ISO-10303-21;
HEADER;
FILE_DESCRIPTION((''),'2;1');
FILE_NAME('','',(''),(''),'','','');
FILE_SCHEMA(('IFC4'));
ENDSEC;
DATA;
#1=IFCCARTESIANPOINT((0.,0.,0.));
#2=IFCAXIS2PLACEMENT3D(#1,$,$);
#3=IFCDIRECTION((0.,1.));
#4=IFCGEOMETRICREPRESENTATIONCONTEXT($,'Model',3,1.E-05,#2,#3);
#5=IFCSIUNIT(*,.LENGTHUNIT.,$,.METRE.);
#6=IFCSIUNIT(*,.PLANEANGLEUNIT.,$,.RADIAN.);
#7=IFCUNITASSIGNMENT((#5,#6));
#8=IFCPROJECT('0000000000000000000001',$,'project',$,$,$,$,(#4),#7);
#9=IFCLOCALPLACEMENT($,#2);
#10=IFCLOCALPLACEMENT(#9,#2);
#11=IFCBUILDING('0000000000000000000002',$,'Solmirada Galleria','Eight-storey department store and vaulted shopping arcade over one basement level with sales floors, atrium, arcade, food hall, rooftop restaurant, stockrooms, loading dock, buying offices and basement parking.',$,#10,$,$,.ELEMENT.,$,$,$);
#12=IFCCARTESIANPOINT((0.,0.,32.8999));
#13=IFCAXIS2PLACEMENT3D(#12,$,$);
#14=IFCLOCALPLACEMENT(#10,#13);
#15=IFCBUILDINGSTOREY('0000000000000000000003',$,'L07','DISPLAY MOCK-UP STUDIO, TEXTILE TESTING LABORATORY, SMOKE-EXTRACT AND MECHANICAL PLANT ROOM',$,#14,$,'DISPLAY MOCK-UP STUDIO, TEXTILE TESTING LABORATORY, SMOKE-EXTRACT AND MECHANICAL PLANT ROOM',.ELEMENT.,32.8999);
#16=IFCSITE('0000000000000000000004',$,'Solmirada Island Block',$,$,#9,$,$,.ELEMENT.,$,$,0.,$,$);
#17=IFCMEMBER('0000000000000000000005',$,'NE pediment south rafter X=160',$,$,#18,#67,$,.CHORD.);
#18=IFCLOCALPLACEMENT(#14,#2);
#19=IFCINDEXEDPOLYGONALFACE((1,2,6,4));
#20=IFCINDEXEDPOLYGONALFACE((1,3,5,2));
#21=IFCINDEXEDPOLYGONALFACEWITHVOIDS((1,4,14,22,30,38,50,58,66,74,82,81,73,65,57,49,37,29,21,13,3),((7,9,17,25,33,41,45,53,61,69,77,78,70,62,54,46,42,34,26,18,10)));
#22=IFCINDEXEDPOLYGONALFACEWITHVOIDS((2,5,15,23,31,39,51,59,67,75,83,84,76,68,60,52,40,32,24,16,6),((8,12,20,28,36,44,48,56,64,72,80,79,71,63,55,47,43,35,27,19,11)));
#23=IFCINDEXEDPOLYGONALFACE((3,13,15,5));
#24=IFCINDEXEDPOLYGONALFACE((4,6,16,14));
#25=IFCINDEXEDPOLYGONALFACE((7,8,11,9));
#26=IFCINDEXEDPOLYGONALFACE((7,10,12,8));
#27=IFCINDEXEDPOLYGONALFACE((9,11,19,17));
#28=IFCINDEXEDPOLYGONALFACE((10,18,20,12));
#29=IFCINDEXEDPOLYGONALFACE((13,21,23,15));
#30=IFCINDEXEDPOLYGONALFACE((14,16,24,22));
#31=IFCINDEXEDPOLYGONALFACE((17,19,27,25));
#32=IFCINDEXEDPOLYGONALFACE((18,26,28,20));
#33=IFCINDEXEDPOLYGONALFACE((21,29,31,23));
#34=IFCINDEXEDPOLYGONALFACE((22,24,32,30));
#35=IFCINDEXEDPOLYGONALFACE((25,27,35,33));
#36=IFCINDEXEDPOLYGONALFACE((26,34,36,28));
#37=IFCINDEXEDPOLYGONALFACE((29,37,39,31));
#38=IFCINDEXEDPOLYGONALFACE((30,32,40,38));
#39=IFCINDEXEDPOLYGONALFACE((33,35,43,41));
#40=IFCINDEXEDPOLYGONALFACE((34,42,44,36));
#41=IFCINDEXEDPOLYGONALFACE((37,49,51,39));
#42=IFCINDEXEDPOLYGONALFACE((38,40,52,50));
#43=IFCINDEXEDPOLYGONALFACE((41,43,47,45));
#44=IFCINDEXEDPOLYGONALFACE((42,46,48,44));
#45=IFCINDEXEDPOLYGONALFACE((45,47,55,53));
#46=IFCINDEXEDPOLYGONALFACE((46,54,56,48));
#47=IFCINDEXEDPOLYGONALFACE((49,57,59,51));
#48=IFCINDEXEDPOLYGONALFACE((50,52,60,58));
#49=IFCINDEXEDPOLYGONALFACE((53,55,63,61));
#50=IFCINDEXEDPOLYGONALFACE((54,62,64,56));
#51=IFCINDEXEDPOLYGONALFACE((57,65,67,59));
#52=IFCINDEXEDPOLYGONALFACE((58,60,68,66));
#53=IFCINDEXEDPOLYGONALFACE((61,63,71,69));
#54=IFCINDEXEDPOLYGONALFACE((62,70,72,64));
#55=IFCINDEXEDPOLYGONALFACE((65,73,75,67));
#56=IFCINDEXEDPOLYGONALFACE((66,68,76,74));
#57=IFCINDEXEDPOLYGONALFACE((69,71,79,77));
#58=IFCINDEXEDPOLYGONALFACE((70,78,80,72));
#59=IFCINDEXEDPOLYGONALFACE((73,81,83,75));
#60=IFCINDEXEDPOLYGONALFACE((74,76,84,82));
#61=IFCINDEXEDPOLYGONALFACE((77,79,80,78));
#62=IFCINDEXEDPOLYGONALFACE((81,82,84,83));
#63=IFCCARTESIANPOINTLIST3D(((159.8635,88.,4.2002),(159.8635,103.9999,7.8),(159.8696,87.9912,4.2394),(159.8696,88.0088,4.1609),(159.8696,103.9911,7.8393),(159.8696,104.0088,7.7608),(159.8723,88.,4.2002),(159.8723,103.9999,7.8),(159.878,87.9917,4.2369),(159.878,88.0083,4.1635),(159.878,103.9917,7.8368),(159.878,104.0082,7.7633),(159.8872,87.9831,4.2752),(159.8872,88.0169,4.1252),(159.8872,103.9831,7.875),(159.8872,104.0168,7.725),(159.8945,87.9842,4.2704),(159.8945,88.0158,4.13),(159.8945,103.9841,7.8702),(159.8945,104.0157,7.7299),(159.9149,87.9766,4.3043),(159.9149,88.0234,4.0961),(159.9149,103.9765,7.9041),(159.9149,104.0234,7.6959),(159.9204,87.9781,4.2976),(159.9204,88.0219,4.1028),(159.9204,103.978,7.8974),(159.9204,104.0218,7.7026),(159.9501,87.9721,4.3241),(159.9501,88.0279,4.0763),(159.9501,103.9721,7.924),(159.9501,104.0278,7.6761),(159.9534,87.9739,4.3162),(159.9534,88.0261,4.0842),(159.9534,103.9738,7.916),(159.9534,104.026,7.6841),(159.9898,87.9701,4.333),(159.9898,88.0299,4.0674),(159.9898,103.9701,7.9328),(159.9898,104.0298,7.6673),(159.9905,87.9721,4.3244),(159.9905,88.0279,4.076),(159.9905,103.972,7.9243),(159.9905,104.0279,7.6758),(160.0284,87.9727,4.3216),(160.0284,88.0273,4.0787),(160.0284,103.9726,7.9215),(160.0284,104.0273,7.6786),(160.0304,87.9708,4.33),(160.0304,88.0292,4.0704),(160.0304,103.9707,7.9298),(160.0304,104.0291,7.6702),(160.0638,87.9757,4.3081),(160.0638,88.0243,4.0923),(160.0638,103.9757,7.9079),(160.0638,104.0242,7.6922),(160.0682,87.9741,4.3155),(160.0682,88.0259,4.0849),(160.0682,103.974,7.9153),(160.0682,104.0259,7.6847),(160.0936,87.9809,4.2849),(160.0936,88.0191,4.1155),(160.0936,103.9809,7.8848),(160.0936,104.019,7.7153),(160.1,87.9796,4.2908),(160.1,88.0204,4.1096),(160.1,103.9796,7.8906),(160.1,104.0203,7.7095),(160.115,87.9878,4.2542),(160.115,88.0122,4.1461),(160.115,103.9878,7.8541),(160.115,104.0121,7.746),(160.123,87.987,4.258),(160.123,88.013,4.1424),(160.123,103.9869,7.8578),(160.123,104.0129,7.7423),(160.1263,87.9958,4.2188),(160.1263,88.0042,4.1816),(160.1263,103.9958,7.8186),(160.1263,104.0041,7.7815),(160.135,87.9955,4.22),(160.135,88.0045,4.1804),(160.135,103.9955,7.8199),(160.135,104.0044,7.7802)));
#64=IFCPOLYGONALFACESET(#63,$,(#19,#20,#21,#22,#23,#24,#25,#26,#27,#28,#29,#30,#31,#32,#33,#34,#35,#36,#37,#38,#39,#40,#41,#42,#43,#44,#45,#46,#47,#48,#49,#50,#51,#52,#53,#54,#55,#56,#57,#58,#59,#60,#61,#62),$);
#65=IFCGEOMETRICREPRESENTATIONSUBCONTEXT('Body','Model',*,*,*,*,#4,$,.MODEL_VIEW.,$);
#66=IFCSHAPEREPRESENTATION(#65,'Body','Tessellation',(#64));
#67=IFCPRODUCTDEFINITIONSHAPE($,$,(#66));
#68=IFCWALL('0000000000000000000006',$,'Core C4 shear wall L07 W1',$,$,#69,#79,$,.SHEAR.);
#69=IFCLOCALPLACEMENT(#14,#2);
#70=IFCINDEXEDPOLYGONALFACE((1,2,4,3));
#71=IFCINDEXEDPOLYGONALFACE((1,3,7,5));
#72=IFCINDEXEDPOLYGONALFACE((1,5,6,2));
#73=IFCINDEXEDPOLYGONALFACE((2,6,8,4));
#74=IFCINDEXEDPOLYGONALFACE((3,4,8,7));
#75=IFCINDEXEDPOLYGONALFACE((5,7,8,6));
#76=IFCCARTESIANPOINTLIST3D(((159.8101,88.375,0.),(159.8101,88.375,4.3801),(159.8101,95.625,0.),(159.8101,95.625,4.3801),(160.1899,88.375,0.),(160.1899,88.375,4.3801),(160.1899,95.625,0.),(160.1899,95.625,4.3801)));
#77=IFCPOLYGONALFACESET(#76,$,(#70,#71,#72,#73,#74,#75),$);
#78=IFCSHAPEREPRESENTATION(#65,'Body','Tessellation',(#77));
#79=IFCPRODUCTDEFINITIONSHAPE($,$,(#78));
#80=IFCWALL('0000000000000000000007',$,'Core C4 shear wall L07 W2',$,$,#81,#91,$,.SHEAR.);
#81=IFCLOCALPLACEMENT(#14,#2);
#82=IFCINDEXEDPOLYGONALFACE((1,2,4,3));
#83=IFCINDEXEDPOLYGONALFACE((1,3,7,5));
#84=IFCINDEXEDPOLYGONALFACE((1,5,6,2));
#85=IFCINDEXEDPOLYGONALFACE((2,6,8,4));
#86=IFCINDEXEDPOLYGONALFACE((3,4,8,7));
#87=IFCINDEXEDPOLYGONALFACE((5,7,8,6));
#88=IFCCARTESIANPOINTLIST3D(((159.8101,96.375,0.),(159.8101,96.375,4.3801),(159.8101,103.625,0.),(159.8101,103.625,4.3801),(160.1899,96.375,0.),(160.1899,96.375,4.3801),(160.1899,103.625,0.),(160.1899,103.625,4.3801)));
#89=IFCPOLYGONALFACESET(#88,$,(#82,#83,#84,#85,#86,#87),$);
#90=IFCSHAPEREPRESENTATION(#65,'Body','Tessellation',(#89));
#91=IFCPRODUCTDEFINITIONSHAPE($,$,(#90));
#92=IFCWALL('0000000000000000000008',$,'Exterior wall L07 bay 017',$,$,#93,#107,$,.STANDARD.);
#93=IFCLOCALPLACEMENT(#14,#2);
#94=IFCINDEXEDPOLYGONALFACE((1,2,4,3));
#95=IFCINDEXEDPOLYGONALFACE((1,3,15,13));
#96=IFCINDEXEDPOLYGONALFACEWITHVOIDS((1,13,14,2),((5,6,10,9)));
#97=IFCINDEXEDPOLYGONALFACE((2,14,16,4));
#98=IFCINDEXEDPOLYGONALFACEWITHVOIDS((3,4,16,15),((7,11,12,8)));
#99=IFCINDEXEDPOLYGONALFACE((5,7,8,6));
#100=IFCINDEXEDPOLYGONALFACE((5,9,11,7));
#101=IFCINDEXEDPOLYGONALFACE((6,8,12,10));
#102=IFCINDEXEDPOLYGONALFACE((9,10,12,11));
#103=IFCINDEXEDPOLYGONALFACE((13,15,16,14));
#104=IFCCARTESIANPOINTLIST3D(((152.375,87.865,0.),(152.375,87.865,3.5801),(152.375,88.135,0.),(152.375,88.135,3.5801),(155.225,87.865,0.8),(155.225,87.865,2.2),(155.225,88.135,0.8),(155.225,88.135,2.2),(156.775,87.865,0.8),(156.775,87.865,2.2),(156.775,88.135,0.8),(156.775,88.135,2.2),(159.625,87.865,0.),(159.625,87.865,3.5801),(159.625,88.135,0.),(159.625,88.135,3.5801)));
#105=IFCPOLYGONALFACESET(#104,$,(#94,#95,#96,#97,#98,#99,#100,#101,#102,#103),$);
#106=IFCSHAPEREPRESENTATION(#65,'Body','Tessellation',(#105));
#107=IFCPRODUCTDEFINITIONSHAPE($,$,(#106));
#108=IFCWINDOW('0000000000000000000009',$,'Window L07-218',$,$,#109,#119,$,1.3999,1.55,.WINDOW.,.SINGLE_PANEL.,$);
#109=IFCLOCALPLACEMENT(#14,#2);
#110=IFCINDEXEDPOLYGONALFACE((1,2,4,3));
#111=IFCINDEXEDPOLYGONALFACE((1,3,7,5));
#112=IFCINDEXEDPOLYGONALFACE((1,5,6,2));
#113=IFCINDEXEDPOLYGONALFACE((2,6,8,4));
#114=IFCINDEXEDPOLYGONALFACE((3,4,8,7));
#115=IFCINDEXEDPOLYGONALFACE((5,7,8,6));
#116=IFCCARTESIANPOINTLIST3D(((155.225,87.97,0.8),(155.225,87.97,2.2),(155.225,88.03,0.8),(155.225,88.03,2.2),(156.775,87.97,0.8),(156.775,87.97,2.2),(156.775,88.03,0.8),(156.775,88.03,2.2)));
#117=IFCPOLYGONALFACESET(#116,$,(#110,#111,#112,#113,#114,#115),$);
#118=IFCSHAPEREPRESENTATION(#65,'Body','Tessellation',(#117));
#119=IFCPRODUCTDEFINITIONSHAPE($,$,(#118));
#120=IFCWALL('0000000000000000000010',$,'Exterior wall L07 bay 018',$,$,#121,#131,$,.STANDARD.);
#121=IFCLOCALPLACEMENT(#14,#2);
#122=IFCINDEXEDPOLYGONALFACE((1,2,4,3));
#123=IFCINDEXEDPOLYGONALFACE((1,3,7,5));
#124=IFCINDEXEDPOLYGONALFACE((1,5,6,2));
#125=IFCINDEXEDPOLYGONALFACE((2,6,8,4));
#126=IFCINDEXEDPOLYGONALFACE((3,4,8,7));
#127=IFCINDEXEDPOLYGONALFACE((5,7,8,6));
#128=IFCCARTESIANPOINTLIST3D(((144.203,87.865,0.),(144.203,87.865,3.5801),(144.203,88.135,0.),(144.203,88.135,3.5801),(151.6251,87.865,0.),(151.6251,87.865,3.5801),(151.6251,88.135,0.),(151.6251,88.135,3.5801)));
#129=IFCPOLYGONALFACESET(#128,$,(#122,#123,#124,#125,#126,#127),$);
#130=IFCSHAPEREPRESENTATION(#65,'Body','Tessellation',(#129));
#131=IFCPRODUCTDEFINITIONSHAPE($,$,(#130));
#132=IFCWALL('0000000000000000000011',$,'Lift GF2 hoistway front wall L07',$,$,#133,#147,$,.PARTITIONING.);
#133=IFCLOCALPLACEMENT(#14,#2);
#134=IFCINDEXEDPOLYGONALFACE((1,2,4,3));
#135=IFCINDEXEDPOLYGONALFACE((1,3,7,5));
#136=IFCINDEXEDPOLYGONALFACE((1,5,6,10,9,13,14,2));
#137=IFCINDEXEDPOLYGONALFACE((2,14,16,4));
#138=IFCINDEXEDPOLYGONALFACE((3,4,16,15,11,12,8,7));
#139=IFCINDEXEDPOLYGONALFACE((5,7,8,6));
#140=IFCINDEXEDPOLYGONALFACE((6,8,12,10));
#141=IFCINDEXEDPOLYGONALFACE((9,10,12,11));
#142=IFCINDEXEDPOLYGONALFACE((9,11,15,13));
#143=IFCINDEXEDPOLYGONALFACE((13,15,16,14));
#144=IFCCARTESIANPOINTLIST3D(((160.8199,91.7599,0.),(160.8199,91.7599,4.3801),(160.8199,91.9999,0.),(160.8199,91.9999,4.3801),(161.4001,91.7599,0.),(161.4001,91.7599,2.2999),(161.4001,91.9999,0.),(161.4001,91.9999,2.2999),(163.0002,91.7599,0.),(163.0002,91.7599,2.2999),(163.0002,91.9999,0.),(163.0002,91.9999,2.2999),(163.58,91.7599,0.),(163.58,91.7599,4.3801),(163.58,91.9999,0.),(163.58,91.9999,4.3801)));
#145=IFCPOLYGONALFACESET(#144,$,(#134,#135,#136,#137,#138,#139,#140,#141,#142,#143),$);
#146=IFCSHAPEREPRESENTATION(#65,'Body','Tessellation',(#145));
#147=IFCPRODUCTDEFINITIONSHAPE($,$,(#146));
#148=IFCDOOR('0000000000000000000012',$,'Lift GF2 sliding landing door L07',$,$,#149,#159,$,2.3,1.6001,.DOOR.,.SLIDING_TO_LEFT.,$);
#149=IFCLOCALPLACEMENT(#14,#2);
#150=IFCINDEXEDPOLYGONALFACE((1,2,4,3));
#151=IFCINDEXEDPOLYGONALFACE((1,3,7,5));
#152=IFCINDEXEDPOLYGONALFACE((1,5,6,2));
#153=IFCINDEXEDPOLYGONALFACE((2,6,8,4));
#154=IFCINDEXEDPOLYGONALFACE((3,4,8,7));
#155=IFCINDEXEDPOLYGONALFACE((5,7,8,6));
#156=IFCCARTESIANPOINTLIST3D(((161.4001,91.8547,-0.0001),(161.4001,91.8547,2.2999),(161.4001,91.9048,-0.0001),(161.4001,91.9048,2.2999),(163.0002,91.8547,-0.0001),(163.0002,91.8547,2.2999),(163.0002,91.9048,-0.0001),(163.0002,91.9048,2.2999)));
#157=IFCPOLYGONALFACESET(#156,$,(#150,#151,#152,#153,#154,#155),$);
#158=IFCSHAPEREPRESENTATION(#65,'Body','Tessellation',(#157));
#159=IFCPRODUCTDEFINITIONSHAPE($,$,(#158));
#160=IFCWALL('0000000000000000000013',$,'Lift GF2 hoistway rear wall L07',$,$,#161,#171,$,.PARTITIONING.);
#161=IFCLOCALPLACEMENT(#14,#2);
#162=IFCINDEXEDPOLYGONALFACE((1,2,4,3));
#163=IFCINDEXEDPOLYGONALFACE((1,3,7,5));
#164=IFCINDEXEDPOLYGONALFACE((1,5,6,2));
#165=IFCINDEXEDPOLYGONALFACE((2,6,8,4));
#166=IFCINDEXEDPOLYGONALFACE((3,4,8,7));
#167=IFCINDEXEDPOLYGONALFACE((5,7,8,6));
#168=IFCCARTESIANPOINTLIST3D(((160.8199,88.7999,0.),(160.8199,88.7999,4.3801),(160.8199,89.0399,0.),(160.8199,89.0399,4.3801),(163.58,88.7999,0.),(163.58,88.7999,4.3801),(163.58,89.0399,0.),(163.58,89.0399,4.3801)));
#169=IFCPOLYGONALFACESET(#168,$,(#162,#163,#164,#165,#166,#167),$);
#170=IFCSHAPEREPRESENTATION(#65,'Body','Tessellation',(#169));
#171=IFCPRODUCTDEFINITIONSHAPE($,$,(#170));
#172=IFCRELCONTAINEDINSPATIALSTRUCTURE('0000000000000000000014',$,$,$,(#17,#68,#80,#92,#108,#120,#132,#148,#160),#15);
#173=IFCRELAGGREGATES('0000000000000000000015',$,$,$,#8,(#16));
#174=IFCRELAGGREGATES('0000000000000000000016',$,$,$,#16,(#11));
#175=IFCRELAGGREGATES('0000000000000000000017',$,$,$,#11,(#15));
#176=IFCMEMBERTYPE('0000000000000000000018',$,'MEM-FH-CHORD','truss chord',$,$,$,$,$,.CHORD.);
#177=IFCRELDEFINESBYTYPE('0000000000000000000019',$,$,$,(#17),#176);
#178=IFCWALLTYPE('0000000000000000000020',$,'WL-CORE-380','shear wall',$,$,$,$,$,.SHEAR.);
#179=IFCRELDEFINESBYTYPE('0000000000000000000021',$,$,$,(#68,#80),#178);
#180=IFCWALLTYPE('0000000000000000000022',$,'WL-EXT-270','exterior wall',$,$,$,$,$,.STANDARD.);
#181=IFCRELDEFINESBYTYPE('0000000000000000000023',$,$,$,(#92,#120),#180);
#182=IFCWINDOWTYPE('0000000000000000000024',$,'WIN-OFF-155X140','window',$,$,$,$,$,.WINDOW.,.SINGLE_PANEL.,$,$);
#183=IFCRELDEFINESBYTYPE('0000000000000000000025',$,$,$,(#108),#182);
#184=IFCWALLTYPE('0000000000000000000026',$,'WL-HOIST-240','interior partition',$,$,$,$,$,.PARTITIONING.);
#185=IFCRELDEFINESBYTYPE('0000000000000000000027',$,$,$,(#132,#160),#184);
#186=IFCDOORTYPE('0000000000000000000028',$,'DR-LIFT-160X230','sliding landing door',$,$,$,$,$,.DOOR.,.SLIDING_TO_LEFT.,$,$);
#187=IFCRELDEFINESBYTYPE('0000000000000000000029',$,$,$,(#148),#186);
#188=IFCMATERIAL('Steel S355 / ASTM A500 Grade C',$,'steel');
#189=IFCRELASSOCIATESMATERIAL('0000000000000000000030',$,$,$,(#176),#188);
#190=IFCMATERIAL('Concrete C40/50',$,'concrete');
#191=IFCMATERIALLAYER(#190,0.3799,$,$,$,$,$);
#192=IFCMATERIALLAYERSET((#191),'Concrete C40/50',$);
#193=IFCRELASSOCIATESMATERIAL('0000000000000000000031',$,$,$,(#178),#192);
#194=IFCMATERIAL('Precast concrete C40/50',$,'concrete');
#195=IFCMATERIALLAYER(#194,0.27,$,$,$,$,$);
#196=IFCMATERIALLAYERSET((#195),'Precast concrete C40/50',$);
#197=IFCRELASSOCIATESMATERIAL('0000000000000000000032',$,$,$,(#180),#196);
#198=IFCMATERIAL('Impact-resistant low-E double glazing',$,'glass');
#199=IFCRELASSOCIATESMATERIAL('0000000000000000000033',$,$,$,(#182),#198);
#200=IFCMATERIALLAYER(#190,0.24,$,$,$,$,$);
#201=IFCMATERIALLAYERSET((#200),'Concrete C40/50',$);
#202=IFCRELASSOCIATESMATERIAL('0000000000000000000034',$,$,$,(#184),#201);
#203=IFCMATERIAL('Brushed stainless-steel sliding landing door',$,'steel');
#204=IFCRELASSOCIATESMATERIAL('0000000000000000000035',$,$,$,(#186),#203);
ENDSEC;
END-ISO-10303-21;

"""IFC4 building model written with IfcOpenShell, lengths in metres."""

from ifc_helpers import new_model, si_unit, direction, frame, frame_2d, origin, origin_2d, place, context, subcontext, project, spatial, rectangle, hollow_circle, extrude, material, layer, layer_set, material_profile, profile_set, type_object, element, fill, save


model = new_model("IFC4")

# Units and contexts
model_context = context("Model", 3, precision=1e-05, world=origin(), true_north=direction((0.0, 1.0)))
body_context = subcontext(model_context, "Body", "Model", "MODEL_VIEW")
ifc_project = project(units=[si_unit("LENGTHUNIT", "METRE"), si_unit("PLANEANGLEUNIT", "RADIAN")], contexts=[model_context])

# Site, building, storey
site_placement = place(None, origin())
site = spatial("IfcSite", under=ifc_project, at=site_placement, Name="Solmirada Island Block", CompositionType="ELEMENT", RefElevation=0.0)
building_placement = place(site_placement, origin())
building = spatial("IfcBuilding", under=site, at=building_placement, Name="Solmirada Galleria", Description="Eight-storey department store and vaulted shopping arcade over one basement level with sales floors, atrium, arcade, food hall, rooftop restaurant, stockrooms, loading dock, buying offices and basement parking.", CompositionType="ELEMENT")
storey_placement = place(building_placement, frame((0.0, 0.0, 32.8999)))
storey = spatial("IfcBuildingStorey", under=building, at=storey_placement, Name="L07", Description="DISPLAY MOCK-UP STUDIO, TEXTILE TESTING LABORATORY, SMOKE-EXTRACT AND MECHANICAL PLANT ROOM", LongName="DISPLAY MOCK-UP STUDIO, TEXTILE TESTING LABORATORY, SMOKE-EXTRACT AND MECHANICAL PLANT ROOM", CompositionType="ELEMENT", Elevation=32.8999)

# Shared definitions
ifc_material_1 = material(Name="Concrete C40/50", Category="concrete")

# Member
ifc_material_2 = material(Name="Steel S355 / ASTM A500 Grade C", Category="steel")
ifc_material_profile_1 = material_profile(ifc_material_2, hollow_circle(Radius=0.1365, WallThickness=0.0088, at=origin_2d()), Name="HSS10.750X0.375")
ifc_profile_set_1 = profile_set([ifc_material_profile_1], Name="Steel S355 / ASTM A500 Grade C")
member_type = type_object("IfcMemberType", Name="MEM-FH-CHORD", Description="truss chord", PredefinedType="CHORD", material=ifc_profile_set_1)
for number, where, z_axis, x_axis, name in (
    (1, (160.0, 88.0, 4.2002), (0.0, 0.975612, 0.219504), (-1.0, 0.0, 0.0), "NE pediment south rafter X=160"),
):
    element("IfcMember", number, at=place(storey_placement, frame(where, z_axis=z_axis, x_axis=x_axis)), inside=storey, type_object=member_type, Name=name, PredefinedType="CHORD", context=body_context, shape_type="SweptSolid", body=[
        extrude(hollow_circle(Radius=0.1365, WallThickness=0.0088, at=origin_2d()), origin(), (0.0, 0.0, 1.0), 16.3999),
    ])

# Walls
ifc_layer_1 = layer(ifc_material_1, 0.3799)
ifc_layer_set_1 = layer_set([ifc_layer_1], Name="Concrete C40/50")
wall_type_1 = type_object("IfcWallType", Name="WL-CORE-380", Description="shear wall", PredefinedType="SHEAR", material=ifc_layer_set_1)
for number, where, z_axis, x_axis, name in (
    (2, (160.0, 88.375, 0.0), (0.0, 0.0, 1.0), (0.0, 1.0, 0.0), "Core C4 shear wall L07 W1"),
    (3, (160.0, 96.375, 0.0), (0.0, 0.0, 1.0), (0.0, 1.0, 0.0), "Core C4 shear wall L07 W2"),
):
    element("IfcWall", number, at=place(storey_placement, frame(where, z_axis=z_axis, x_axis=x_axis)), inside=storey, type_object=wall_type_1, Name=name, PredefinedType="SHEAR", context=body_context, shape_type="SweptSolid", body=[
        extrude(rectangle(XDim=7.25, YDim=0.3799, at=frame_2d((3.625, 0.0))), origin(), (0.0, 0.0, 1.0), 4.3801),
    ])

# Wall, opening, window
ifc_material_3 = material(Name="Precast concrete C40/50", Category="concrete")
ifc_layer_2 = layer(ifc_material_3, 0.27)
ifc_layer_set_2 = layer_set([ifc_layer_2], Name="Precast concrete C40/50")
wall_type_2 = type_object("IfcWallType", Name="WL-EXT-270", Description="exterior wall", PredefinedType="STANDARD", material=ifc_layer_set_2)
wall_1_placement = place(storey_placement, frame((159.625, 88.0, 0.0), z_axis=(0.0, 0.0, 1.0), x_axis=(-1.0, 0.0, 0.0)))
wall_1 = element("IfcWall", 4, at=wall_1_placement, inside=storey, type_object=wall_type_2, Name="Exterior wall L07 bay 017", PredefinedType="STANDARD", context=body_context, shape_type="SweptSolid", body=[
    extrude(rectangle(XDim=7.25, YDim=0.27, at=frame_2d((3.625, 0.0))), origin(), (0.0, 0.0, 1.0), 3.5801),
])
opening_1_placement = place(wall_1_placement, frame((2.8501, 0.0, 0.8)))
opening_1 = element("IfcOpeningElement", 5, at=opening_1_placement, cuts=wall_1, PredefinedType="OPENING", context=body_context, shape_type="SweptSolid", body=[
    extrude(rectangle(XDim=1.55, YDim=1.3999, at=frame_2d((0.7749, 0.7))), frame((0.0, 0.145, 0.0), z_axis=(0.0, -1.0, 0.0), x_axis=(1.0, 0.0, 0.0)), (0.0, 0.0, 1.0), 0.29),
])
ifc_material_4 = material(Name="Impact-resistant low-E double glazing", Category="glass")
window_type = type_object("IfcWindowType", Name="WIN-OFF-155X140", Description="window", PartitioningType="SINGLE_PANEL", PredefinedType="WINDOW", material=ifc_material_4)
window_placement = place(opening_1_placement, origin())
window = element("IfcWindow", 6, at=window_placement, inside=storey, type_object=window_type, Name="Window L07-218", OverallHeight=1.3999, OverallWidth=1.55, PartitioningType="SINGLE_PANEL", PredefinedType="WINDOW", context=body_context, shape_type="SweptSolid", body=[
    extrude(rectangle(XDim=1.55, YDim=1.3999, at=frame_2d((0.7749, 0.7))), frame((0.0, 0.03, 0.0), z_axis=(0.0, -1.0, 0.0), x_axis=(1.0, 0.0, 0.0)), (0.0, 0.0, 1.0), 0.0601),
])
fill(opening_1, window)

# Wall
wall_2_placement = place(storey_placement, frame((151.625, 88.0, 0.0), z_axis=(0.0, 0.0, 1.0), x_axis=(-1.0, 0.0, 0.0)))
element("IfcWall", 7, at=wall_2_placement, inside=storey, type_object=wall_type_2, Name="Exterior wall L07 bay 018", PredefinedType="STANDARD", context=body_context, shape_type="SweptSolid", body=[
    extrude(rectangle(XDim=7.4221, YDim=0.27, at=frame_2d((3.7109, 0.0))), origin(), (0.0, 0.0, 1.0), 3.5801),
])

# Wall, opening, door
ifc_layer_3 = layer(ifc_material_1, 0.24)
ifc_layer_set_3 = layer_set([ifc_layer_3], Name="Concrete C40/50")
wall_type_3 = type_object("IfcWallType", Name="WL-HOIST-240", Description="interior partition", PredefinedType="PARTITIONING", material=ifc_layer_set_3)
wall_3_placement = place(storey_placement, frame((160.8201, 91.8799, 0.0), z_axis=(0.0, 0.0, 1.0), x_axis=(1.0, 0.0, 0.0)))
wall_3 = element("IfcWall", 8, at=wall_3_placement, inside=storey, type_object=wall_type_3, Name="Lift GF2 hoistway front wall L07", PredefinedType="PARTITIONING", context=body_context, shape_type="SweptSolid", body=[
    extrude(rectangle(XDim=2.76, YDim=0.24, at=frame_2d((1.3799, 0.0))), origin(), (0.0, 0.0, 1.0), 4.3801),
])
opening_2_placement = place(wall_3_placement, frame((0.5801, 0.0, 0.0)))
opening_2 = element("IfcOpeningElement", 9, at=opening_2_placement, cuts=wall_3, PredefinedType="OPENING", context=body_context, shape_type="SweptSolid", body=[
    extrude(rectangle(XDim=1.6001, YDim=2.3, at=frame_2d((0.8, 1.1499))), frame((0.0, 0.1299, 0.0), z_axis=(0.0, -1.0, 0.0), x_axis=(1.0, 0.0, 0.0)), (0.0, 0.0, 1.0), 0.26),
])
ifc_material_5 = material(Name="Brushed stainless-steel sliding landing door", Category="steel")
door_type_1 = type_object("IfcDoorType", Name="DR-LIFT-160X230", Description="sliding landing door", OperationType="SLIDING_TO_LEFT", PredefinedType="DOOR", material=ifc_material_5)
door_1_placement = place(opening_2_placement, origin())
door_1 = element("IfcDoor", 10, at=door_1_placement, inside=storey, type_object=door_type_1, Name="Lift GF2 sliding landing door L07", OperationType="SLIDING_TO_LEFT", OverallHeight=2.3, OverallWidth=1.6001, PredefinedType="DOOR", context=body_context, shape_type="SweptSolid", body=[
    extrude(rectangle(XDim=1.6001, YDim=2.3, at=frame_2d((0.8, 1.1499))), frame((0.0, 0.0249, 0.0), z_axis=(0.0, -1.0, 0.0), x_axis=(1.0, 0.0, 0.0)), (0.0, 0.0, 1.0), 0.05),
])
fill(opening_2, door_1)

# Wall
wall_4_placement = place(storey_placement, frame((160.8201, 88.9199, 0.0), z_axis=(0.0, 0.0, 1.0), x_axis=(1.0, 0.0, 0.0)))
element("IfcWall", 11, at=wall_4_placement, inside=storey, type_object=wall_type_3, Name="Lift GF2 hoistway rear wall L07", PredefinedType="PARTITIONING", context=body_context, shape_type="SweptSolid", body=[
    extrude(rectangle(XDim=2.76, YDim=0.24, at=frame_2d((1.3799, 0.0))), origin(), (0.0, 0.0, 1.0), 4.3801),
])

save(model, "model.ifc")
